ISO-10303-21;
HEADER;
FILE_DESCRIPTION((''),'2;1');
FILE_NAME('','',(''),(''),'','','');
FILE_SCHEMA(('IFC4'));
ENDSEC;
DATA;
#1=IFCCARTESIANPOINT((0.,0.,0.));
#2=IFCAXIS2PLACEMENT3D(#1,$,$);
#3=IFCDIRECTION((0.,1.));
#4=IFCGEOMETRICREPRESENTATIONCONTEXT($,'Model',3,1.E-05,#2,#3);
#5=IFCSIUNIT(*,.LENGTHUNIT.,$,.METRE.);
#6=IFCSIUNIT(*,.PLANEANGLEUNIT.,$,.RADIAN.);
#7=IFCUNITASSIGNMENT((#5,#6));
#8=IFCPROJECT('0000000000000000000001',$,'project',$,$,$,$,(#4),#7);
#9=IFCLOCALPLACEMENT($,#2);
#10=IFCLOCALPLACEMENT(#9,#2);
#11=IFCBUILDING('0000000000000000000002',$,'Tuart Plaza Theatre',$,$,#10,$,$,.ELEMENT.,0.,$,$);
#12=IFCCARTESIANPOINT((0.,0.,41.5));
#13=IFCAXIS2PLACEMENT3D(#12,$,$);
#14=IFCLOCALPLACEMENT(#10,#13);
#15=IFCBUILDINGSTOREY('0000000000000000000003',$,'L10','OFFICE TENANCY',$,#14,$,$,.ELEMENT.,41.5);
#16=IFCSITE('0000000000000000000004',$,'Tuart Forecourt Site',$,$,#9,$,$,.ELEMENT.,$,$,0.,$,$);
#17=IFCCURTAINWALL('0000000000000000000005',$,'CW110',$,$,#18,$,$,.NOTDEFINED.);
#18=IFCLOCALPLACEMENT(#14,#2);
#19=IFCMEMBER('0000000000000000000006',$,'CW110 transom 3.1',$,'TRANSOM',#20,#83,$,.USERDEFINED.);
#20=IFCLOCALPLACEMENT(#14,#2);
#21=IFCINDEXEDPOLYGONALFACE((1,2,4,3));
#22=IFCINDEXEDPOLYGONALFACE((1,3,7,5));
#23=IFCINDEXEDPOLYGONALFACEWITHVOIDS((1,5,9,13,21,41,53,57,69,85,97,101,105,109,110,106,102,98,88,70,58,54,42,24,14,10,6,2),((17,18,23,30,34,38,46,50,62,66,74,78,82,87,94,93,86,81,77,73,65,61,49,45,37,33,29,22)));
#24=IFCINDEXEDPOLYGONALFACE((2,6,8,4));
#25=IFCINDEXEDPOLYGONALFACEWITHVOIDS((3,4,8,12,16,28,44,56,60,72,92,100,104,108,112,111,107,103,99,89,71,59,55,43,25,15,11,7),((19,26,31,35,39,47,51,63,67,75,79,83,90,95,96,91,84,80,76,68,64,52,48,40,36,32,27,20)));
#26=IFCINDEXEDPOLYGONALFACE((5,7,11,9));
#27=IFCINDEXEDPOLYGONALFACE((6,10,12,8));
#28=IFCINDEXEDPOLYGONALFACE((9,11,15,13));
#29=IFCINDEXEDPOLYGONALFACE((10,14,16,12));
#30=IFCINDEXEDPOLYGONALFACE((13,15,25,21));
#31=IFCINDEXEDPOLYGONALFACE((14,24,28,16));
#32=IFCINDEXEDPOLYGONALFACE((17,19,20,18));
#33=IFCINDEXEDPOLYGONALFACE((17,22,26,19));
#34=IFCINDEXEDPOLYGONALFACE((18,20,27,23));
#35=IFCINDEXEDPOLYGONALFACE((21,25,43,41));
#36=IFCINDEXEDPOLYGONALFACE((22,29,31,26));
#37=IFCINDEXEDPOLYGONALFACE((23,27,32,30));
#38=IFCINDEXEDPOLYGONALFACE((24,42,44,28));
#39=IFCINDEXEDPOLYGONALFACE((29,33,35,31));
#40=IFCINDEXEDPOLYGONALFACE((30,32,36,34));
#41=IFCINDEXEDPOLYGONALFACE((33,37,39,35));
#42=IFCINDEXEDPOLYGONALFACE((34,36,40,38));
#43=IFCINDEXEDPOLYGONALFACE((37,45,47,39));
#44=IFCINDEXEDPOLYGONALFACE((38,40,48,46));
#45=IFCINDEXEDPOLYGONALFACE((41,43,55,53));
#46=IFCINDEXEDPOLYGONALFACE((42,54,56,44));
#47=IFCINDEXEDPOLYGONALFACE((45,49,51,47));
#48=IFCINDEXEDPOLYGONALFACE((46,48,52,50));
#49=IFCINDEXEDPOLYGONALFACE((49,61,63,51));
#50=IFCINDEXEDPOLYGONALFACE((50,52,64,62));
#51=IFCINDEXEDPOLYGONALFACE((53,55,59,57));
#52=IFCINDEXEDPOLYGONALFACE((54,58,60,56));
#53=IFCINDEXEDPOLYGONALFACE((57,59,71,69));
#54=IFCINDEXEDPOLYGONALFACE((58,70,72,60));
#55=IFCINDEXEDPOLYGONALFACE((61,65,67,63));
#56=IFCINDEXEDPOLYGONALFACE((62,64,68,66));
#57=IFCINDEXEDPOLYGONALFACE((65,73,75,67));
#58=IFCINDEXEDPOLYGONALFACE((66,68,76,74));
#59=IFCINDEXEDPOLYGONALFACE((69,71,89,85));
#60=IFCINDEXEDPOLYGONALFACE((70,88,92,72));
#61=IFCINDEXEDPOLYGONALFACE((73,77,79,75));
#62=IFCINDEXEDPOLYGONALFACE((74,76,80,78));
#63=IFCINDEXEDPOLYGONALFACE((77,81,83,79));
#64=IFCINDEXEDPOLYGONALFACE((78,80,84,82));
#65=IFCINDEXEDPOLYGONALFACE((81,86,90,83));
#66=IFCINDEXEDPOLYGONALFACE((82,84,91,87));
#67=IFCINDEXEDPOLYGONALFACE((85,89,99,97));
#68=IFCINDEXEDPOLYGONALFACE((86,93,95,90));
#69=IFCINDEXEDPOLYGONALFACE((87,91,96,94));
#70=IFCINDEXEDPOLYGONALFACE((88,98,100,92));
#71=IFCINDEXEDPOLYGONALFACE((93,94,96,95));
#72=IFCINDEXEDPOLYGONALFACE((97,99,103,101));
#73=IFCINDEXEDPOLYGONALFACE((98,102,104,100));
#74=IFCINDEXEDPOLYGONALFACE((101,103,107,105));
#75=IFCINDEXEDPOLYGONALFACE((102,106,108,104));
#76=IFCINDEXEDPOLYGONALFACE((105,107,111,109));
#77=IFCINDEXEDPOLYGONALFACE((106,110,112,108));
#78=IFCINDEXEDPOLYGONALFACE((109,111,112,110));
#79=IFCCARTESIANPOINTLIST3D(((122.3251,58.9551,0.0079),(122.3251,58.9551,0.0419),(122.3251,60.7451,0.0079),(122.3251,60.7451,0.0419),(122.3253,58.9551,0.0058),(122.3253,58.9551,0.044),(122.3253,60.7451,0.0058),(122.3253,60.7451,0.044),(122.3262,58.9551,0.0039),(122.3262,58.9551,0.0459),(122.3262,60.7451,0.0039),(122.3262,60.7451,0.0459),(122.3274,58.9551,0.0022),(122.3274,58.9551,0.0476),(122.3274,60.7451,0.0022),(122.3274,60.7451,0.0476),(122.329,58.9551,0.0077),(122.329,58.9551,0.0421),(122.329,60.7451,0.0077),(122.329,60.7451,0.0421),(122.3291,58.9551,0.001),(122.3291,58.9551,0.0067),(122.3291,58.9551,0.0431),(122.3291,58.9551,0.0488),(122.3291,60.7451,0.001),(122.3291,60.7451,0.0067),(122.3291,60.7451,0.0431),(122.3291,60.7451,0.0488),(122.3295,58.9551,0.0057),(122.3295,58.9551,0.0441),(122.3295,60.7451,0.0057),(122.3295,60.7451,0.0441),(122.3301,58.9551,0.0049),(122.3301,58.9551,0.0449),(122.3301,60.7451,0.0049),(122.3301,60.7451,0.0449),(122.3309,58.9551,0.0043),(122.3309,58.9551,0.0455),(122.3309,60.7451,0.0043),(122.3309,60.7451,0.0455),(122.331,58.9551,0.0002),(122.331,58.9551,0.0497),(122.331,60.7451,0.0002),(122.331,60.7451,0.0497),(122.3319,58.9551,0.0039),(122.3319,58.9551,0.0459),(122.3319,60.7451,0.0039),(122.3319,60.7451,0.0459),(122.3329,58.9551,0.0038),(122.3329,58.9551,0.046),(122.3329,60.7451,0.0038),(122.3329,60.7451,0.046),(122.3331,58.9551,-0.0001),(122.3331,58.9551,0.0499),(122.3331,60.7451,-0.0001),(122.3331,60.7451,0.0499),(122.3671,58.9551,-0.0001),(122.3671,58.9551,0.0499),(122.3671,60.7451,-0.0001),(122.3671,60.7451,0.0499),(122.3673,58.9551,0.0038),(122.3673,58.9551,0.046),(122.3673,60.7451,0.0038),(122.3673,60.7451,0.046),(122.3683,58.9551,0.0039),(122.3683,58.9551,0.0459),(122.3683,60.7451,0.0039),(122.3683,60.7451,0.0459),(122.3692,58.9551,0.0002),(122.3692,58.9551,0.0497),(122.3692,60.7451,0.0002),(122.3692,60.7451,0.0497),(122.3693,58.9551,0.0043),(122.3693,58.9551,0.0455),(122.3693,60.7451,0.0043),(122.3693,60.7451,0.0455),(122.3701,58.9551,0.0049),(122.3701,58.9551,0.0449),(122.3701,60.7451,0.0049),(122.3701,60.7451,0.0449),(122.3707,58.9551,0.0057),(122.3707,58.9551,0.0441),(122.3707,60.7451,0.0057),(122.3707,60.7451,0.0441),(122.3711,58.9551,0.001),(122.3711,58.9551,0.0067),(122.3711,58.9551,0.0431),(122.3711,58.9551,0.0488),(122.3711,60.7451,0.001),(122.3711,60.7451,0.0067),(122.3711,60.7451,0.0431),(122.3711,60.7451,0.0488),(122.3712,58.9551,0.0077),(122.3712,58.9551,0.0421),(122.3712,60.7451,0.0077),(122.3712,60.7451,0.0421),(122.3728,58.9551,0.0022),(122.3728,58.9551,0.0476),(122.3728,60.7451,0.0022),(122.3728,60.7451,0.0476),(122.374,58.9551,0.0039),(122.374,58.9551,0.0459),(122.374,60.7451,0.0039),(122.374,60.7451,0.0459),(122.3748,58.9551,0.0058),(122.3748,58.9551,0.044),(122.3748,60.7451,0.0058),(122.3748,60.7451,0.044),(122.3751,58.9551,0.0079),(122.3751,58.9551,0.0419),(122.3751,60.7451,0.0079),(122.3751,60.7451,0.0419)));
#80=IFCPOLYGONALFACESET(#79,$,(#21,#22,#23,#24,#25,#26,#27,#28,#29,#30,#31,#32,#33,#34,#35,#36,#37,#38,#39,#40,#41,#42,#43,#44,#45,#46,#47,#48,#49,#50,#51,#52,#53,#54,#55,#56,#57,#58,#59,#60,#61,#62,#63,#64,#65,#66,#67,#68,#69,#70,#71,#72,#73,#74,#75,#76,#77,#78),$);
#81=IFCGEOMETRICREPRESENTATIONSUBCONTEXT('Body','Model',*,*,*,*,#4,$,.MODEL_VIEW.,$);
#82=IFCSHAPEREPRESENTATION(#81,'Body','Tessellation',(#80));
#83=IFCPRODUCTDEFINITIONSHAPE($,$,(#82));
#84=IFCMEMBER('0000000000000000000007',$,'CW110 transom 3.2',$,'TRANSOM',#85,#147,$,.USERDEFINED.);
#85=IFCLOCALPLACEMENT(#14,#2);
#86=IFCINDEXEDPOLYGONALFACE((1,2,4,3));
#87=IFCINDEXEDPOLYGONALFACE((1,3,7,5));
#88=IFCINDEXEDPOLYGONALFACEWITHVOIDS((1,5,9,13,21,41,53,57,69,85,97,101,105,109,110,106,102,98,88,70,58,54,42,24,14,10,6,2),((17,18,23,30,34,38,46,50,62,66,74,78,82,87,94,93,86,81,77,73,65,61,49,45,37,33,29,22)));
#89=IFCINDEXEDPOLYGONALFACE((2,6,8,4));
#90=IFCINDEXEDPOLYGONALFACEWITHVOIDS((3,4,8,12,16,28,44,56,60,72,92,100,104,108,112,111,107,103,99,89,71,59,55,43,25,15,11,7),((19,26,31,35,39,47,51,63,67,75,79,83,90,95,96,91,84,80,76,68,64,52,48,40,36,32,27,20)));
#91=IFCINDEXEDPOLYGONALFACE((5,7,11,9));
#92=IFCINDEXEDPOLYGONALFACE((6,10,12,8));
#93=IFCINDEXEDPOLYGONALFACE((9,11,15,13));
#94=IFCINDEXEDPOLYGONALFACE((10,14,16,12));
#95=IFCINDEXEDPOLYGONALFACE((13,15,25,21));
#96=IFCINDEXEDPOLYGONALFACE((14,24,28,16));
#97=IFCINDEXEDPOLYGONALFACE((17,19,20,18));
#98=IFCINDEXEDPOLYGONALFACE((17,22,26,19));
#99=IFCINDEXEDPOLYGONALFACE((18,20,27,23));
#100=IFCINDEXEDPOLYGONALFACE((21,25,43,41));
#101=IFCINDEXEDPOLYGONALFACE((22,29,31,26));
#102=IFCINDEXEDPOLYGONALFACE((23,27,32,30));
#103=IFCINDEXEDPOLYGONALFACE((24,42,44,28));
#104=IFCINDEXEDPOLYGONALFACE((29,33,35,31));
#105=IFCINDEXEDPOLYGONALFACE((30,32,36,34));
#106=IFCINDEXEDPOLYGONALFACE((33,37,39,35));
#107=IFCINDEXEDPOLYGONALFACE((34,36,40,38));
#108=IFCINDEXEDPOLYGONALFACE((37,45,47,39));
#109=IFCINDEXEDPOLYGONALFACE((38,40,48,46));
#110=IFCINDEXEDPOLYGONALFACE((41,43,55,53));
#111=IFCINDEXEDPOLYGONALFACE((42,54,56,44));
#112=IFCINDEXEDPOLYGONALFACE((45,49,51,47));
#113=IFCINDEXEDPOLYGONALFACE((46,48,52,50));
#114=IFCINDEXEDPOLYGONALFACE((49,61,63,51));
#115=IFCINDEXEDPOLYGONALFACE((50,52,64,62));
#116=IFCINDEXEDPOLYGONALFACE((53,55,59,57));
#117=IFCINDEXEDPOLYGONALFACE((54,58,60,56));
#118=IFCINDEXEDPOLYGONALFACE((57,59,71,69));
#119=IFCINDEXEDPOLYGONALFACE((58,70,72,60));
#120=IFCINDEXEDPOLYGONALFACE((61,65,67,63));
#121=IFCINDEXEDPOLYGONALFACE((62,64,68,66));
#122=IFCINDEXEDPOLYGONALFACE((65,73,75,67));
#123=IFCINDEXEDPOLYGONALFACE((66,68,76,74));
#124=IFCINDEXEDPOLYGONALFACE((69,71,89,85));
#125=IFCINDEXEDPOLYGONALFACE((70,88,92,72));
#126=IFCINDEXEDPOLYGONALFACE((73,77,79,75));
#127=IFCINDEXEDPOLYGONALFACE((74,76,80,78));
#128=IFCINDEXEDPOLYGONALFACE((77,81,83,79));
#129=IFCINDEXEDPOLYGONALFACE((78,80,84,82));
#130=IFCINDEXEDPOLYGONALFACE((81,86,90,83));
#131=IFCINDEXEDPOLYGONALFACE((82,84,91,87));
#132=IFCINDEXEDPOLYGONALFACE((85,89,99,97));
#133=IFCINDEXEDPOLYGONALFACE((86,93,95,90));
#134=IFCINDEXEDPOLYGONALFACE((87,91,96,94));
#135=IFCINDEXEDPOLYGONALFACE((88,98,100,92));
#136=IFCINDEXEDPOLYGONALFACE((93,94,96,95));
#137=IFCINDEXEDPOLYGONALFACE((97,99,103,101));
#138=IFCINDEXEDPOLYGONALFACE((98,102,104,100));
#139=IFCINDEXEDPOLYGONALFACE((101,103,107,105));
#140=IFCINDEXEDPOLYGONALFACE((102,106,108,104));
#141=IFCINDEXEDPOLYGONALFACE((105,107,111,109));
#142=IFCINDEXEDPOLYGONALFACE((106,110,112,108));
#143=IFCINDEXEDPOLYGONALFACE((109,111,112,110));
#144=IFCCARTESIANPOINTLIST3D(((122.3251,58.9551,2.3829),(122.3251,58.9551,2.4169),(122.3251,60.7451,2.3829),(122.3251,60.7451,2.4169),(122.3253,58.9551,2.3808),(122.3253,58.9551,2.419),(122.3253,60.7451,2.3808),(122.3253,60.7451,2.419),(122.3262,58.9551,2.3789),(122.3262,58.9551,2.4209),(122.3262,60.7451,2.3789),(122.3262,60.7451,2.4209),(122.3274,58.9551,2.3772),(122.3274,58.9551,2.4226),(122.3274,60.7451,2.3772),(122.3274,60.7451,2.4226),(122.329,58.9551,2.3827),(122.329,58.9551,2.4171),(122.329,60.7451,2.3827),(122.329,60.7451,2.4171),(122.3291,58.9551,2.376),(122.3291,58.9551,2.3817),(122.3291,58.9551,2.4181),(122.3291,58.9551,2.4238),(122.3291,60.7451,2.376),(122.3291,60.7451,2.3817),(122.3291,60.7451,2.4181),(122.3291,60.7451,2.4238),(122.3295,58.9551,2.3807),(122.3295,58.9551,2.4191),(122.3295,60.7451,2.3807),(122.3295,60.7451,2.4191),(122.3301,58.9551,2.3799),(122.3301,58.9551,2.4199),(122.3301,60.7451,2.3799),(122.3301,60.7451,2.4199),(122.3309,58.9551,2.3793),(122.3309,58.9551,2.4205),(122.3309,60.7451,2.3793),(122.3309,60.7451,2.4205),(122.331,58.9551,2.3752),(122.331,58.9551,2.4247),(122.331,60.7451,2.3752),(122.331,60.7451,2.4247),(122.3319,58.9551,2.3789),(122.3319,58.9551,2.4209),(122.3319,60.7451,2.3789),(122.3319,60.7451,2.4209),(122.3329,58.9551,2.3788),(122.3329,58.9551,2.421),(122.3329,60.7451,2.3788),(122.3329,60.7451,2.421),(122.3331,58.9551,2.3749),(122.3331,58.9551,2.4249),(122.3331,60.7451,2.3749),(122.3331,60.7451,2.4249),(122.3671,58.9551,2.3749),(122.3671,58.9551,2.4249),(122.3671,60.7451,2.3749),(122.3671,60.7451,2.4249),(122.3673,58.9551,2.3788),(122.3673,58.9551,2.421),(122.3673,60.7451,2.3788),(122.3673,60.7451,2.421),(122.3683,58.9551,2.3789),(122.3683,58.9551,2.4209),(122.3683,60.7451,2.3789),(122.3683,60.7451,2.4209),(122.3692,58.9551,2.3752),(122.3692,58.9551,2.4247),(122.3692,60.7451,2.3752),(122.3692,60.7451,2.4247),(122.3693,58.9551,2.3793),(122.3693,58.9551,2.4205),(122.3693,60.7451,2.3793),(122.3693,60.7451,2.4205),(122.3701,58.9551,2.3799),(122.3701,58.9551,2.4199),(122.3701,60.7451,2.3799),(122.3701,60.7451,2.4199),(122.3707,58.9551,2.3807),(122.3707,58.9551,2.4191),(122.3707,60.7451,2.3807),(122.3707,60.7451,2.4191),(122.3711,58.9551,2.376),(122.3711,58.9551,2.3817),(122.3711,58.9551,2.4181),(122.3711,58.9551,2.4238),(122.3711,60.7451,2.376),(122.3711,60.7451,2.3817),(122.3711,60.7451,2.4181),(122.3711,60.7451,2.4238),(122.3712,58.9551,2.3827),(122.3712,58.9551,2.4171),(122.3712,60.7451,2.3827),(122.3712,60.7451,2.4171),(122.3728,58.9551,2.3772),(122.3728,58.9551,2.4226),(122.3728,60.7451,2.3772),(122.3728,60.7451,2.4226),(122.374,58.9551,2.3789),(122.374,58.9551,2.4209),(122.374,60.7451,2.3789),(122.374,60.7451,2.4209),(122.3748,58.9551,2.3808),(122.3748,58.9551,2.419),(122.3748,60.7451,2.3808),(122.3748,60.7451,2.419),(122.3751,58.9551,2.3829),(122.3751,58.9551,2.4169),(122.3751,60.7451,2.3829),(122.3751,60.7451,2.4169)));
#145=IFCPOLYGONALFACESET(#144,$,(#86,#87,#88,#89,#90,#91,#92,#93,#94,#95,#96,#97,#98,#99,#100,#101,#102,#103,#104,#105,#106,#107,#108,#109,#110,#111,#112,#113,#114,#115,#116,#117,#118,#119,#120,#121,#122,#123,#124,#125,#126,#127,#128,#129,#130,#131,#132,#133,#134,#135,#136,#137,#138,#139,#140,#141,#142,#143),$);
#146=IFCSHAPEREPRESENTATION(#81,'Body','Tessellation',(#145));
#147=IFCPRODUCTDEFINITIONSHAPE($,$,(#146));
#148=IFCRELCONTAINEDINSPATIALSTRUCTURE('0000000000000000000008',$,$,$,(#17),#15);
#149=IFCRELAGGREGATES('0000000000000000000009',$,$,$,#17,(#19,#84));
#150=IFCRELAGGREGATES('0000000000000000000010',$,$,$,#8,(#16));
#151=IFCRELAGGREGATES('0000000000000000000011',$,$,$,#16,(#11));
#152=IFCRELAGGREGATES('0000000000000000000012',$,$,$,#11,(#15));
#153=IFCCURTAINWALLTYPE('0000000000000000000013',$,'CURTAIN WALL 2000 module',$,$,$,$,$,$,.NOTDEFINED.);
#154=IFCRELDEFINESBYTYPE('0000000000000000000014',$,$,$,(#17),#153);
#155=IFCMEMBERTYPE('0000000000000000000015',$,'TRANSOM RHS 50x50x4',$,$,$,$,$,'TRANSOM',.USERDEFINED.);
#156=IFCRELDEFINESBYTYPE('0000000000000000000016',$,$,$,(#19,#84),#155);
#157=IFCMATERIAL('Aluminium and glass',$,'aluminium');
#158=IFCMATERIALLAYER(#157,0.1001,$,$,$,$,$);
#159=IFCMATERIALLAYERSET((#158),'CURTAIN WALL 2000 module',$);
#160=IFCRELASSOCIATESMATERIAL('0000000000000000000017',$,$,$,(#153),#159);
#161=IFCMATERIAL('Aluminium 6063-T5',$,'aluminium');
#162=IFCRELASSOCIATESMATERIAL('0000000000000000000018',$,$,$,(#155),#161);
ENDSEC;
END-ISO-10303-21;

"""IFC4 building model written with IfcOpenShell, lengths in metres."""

from ifc_helpers import new_model, si_unit, direction, frame, origin, origin_2d, place, context, subcontext, project, spatial, hollow_rectangle, extrude, material, layer, layer_set, material_profile, profile_set, type_object, element, aggregate, save


model = new_model("IFC4")

# Units and contexts
model_context = context("Model", 3, precision=1e-05, world=origin(), true_north=direction((0.0, 1.0)))
body_context = subcontext(model_context, "Body", "Model", "MODEL_VIEW")
ifc_project = project(units=[si_unit("LENGTHUNIT", "METRE"), si_unit("PLANEANGLEUNIT", "RADIAN")], contexts=[model_context])

# Site, building, storey
site_placement = place(None, origin())
site = spatial("IfcSite", under=ifc_project, at=site_placement, Name="Tuart Forecourt Site", CompositionType="ELEMENT", RefElevation=0.0)
building_placement = place(site_placement, origin())
building = spatial("IfcBuilding", under=site, at=building_placement, Name="Tuart Plaza Theatre", CompositionType="ELEMENT", ElevationOfRefHeight=0.0)
storey_placement = place(building_placement, frame((0.0, 0.0, 41.5)))
storey = spatial("IfcBuildingStorey", under=building, at=storey_placement, Name="L10", Description="OFFICE TENANCY", CompositionType="ELEMENT", Elevation=41.5)

# Curtain wall, members
ifc_material_1 = material(Name="Aluminium and glass", Category="aluminium")
ifc_layer_1 = layer(ifc_material_1, 0.1001)
ifc_layer_set_1 = layer_set([ifc_layer_1], Name="CURTAIN WALL 2000 module")
curtain_wall_type = type_object("IfcCurtainWallType", Name="CURTAIN WALL 2000 module", PredefinedType="NOTDEFINED", material=ifc_layer_set_1)
curtain_wall_placement = place(storey_placement, origin())
curtain_wall = element("IfcCurtainWall", 1, at=curtain_wall_placement, inside=storey, type_object=curtain_wall_type, Name="CW110", PredefinedType="NOTDEFINED")
ifc_material_2 = material(Name="Aluminium 6063-T5", Category="aluminium")
ifc_material_profile_1 = material_profile(ifc_material_2, hollow_rectangle(XDim=0.05, YDim=0.05, WallThickness=0.0039, InnerFilletRadius=0.0039, OuterFilletRadius=0.0081, at=origin_2d()), Name="RHS 50x50x4")
ifc_profile_set_1 = profile_set([ifc_material_profile_1], Name="Aluminium 6063-T5")
member_type_1 = type_object("IfcMemberType", Name="TRANSOM RHS 50x50x4", ElementType="TRANSOM", PredefinedType="USERDEFINED", material=ifc_profile_set_1)
member_1_placement = place(storey_placement, frame((122.3501, 60.7451, 0.0249), z_axis=(0.0, -1.0, 0.0), x_axis=(1.0, 0.0, 0.0)))
member_1 = element("IfcMember", 2, at=member_1_placement, type_object=member_type_1, Name="CW110 transom 3.1", ObjectType="TRANSOM", PredefinedType="USERDEFINED", context=body_context, shape_type="SweptSolid", body=[
    extrude(hollow_rectangle(XDim=0.05, YDim=0.05, WallThickness=0.0039, InnerFilletRadius=0.0039, OuterFilletRadius=0.0081, at=origin_2d()), origin(), (0.0, 0.0, 1.0), 1.79),
])
member_2_placement = place(storey_placement, frame((122.3501, 60.7451, 2.3999), z_axis=(0.0, -1.0, 0.0), x_axis=(1.0, 0.0, 0.0)))
member_2 = element("IfcMember", 3, at=member_2_placement, type_object=member_type_1, Name="CW110 transom 3.2", ObjectType="TRANSOM", PredefinedType="USERDEFINED", context=body_context, shape_type="SweptSolid", body=[
    extrude(hollow_rectangle(XDim=0.05, YDim=0.05, WallThickness=0.0039, InnerFilletRadius=0.0039, OuterFilletRadius=0.0081, at=origin_2d()), origin(), (0.0, 0.0, 1.0), 1.79),
])
aggregate(curtain_wall, [member_1, member_2])

save(model, "model.ifc")
